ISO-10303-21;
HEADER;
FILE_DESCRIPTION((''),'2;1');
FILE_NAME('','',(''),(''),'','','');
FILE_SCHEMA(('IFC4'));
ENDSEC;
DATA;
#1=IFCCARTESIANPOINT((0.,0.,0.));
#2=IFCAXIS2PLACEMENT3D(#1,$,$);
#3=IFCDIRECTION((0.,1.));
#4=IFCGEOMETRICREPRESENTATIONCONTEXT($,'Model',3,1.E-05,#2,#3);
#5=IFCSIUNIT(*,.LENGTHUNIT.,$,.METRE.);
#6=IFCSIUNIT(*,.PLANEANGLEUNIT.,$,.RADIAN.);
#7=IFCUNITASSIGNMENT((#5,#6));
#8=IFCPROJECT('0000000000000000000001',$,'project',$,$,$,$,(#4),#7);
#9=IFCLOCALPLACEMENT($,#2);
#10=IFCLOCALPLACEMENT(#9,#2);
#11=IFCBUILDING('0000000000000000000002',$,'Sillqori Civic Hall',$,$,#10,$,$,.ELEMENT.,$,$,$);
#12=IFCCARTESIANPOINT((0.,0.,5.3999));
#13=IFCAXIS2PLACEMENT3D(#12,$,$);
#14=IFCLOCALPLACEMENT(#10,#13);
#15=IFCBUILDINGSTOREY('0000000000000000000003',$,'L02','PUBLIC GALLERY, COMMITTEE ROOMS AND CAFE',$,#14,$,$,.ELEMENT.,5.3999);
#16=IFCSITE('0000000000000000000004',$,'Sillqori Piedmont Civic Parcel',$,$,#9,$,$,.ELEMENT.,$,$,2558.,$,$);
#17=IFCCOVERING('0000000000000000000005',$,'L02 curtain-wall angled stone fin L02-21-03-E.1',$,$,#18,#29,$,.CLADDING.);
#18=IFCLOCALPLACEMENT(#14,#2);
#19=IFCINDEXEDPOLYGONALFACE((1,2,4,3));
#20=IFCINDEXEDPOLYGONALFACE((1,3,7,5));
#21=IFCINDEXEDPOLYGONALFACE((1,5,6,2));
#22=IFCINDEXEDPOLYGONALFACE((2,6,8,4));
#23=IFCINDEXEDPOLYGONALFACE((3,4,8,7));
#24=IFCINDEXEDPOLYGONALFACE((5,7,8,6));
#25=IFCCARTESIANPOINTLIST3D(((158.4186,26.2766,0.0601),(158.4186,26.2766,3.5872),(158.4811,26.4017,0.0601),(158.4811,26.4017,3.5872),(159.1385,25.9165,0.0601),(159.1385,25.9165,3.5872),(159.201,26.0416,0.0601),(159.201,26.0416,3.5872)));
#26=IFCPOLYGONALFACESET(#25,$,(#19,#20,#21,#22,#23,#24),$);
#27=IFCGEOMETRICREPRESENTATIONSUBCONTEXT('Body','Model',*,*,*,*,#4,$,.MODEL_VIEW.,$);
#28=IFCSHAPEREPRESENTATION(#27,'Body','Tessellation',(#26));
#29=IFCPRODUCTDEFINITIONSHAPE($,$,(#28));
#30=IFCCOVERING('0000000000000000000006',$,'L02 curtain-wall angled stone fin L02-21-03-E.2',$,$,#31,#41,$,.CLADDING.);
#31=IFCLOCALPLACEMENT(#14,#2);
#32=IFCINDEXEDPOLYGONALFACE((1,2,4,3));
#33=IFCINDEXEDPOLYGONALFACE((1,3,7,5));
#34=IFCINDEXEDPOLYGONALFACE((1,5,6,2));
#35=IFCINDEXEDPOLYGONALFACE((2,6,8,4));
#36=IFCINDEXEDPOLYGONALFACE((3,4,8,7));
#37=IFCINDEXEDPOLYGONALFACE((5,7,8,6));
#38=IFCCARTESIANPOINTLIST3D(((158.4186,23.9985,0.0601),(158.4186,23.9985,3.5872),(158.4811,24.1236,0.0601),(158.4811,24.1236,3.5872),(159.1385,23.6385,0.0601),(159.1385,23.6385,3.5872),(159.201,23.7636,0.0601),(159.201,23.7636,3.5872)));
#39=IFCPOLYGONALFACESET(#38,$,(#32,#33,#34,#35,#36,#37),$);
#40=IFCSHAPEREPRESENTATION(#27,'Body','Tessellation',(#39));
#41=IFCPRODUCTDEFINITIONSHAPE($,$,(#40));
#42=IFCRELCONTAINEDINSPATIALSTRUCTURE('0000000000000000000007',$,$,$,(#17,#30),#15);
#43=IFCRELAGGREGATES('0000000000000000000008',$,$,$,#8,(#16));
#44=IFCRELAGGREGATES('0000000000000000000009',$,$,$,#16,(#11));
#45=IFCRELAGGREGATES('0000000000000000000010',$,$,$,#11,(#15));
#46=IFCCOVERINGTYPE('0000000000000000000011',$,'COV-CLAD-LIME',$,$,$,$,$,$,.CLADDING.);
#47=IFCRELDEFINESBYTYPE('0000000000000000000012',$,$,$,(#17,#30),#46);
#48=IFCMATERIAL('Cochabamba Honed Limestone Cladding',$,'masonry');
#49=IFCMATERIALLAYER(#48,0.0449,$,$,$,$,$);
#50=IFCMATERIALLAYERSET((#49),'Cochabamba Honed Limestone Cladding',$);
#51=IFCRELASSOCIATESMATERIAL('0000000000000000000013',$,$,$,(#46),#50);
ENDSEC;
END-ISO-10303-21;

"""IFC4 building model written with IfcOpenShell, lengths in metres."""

from ifc_helpers import new_model, si_unit, direction, frame, frame_2d, origin, place, context, subcontext, project, spatial, rectangle, extrude, material, layer, layer_set, type_object, element, save


model = new_model("IFC4")

# Units and contexts
model_context = context("Model", 3, precision=1e-05, world=origin(), true_north=direction((0.0, 1.0)))
body_context = subcontext(model_context, "Body", "Model", "MODEL_VIEW")
ifc_project = project(units=[si_unit("LENGTHUNIT", "METRE"), si_unit("PLANEANGLEUNIT", "RADIAN")], contexts=[model_context])

# Site, building, storey
site_placement = place(None, origin())
site = spatial("IfcSite", under=ifc_project, at=site_placement, Name="Sillqori Piedmont Civic Parcel", CompositionType="ELEMENT", RefElevation=2558.0)
building_placement = place(site_placement, origin())
building = spatial("IfcBuilding", under=site, at=building_placement, Name="Sillqori Civic Hall", CompositionType="ELEMENT")
storey_placement = place(building_placement, frame((0.0, 0.0, 5.3999)))
storey = spatial("IfcBuildingStorey", under=building, at=storey_placement, Name="L02", Description="PUBLIC GALLERY, COMMITTEE ROOMS AND CAFE", CompositionType="ELEMENT", Elevation=5.3999)

# Coverings
ifc_material_1 = material(Name="Cochabamba Honed Limestone Cladding", Category="masonry")
ifc_layer_1 = layer(ifc_material_1, 0.0449)
ifc_layer_set_1 = layer_set([ifc_layer_1], Name="Cochabamba Honed Limestone Cladding")
covering_type = type_object("IfcCoveringType", Name="COV-CLAD-LIME", PredefinedType="CLADDING", material=ifc_layer_set_1)
for number, where, z_axis, x_axis, name in (
    (1, (158.45, 26.3391, 0.0601), (0.0, 0.0, 1.0), (0.894367, -0.447335, 0.0), "L02 curtain-wall angled stone fin L02-21-03-E.1"),
    (2, (158.45, 24.061, 0.0601), (0.0, 0.0, 1.0), (0.894367, -0.447335, 0.0), "L02 curtain-wall angled stone fin L02-21-03-E.2"),
):
    element("IfcCovering", number, at=place(storey_placement, frame(where, z_axis=z_axis, x_axis=x_axis)), inside=storey, type_object=covering_type, Name=name, PredefinedType="CLADDING", context=body_context, shape_type="SweptSolid", body=[
        extrude(rectangle(XDim=0.8049, YDim=0.1399, at=frame_2d((0.4023, 0.0))), origin(), (0.0, 0.0, 1.0), 3.5271),
    ])

save(model, "model.ifc")
